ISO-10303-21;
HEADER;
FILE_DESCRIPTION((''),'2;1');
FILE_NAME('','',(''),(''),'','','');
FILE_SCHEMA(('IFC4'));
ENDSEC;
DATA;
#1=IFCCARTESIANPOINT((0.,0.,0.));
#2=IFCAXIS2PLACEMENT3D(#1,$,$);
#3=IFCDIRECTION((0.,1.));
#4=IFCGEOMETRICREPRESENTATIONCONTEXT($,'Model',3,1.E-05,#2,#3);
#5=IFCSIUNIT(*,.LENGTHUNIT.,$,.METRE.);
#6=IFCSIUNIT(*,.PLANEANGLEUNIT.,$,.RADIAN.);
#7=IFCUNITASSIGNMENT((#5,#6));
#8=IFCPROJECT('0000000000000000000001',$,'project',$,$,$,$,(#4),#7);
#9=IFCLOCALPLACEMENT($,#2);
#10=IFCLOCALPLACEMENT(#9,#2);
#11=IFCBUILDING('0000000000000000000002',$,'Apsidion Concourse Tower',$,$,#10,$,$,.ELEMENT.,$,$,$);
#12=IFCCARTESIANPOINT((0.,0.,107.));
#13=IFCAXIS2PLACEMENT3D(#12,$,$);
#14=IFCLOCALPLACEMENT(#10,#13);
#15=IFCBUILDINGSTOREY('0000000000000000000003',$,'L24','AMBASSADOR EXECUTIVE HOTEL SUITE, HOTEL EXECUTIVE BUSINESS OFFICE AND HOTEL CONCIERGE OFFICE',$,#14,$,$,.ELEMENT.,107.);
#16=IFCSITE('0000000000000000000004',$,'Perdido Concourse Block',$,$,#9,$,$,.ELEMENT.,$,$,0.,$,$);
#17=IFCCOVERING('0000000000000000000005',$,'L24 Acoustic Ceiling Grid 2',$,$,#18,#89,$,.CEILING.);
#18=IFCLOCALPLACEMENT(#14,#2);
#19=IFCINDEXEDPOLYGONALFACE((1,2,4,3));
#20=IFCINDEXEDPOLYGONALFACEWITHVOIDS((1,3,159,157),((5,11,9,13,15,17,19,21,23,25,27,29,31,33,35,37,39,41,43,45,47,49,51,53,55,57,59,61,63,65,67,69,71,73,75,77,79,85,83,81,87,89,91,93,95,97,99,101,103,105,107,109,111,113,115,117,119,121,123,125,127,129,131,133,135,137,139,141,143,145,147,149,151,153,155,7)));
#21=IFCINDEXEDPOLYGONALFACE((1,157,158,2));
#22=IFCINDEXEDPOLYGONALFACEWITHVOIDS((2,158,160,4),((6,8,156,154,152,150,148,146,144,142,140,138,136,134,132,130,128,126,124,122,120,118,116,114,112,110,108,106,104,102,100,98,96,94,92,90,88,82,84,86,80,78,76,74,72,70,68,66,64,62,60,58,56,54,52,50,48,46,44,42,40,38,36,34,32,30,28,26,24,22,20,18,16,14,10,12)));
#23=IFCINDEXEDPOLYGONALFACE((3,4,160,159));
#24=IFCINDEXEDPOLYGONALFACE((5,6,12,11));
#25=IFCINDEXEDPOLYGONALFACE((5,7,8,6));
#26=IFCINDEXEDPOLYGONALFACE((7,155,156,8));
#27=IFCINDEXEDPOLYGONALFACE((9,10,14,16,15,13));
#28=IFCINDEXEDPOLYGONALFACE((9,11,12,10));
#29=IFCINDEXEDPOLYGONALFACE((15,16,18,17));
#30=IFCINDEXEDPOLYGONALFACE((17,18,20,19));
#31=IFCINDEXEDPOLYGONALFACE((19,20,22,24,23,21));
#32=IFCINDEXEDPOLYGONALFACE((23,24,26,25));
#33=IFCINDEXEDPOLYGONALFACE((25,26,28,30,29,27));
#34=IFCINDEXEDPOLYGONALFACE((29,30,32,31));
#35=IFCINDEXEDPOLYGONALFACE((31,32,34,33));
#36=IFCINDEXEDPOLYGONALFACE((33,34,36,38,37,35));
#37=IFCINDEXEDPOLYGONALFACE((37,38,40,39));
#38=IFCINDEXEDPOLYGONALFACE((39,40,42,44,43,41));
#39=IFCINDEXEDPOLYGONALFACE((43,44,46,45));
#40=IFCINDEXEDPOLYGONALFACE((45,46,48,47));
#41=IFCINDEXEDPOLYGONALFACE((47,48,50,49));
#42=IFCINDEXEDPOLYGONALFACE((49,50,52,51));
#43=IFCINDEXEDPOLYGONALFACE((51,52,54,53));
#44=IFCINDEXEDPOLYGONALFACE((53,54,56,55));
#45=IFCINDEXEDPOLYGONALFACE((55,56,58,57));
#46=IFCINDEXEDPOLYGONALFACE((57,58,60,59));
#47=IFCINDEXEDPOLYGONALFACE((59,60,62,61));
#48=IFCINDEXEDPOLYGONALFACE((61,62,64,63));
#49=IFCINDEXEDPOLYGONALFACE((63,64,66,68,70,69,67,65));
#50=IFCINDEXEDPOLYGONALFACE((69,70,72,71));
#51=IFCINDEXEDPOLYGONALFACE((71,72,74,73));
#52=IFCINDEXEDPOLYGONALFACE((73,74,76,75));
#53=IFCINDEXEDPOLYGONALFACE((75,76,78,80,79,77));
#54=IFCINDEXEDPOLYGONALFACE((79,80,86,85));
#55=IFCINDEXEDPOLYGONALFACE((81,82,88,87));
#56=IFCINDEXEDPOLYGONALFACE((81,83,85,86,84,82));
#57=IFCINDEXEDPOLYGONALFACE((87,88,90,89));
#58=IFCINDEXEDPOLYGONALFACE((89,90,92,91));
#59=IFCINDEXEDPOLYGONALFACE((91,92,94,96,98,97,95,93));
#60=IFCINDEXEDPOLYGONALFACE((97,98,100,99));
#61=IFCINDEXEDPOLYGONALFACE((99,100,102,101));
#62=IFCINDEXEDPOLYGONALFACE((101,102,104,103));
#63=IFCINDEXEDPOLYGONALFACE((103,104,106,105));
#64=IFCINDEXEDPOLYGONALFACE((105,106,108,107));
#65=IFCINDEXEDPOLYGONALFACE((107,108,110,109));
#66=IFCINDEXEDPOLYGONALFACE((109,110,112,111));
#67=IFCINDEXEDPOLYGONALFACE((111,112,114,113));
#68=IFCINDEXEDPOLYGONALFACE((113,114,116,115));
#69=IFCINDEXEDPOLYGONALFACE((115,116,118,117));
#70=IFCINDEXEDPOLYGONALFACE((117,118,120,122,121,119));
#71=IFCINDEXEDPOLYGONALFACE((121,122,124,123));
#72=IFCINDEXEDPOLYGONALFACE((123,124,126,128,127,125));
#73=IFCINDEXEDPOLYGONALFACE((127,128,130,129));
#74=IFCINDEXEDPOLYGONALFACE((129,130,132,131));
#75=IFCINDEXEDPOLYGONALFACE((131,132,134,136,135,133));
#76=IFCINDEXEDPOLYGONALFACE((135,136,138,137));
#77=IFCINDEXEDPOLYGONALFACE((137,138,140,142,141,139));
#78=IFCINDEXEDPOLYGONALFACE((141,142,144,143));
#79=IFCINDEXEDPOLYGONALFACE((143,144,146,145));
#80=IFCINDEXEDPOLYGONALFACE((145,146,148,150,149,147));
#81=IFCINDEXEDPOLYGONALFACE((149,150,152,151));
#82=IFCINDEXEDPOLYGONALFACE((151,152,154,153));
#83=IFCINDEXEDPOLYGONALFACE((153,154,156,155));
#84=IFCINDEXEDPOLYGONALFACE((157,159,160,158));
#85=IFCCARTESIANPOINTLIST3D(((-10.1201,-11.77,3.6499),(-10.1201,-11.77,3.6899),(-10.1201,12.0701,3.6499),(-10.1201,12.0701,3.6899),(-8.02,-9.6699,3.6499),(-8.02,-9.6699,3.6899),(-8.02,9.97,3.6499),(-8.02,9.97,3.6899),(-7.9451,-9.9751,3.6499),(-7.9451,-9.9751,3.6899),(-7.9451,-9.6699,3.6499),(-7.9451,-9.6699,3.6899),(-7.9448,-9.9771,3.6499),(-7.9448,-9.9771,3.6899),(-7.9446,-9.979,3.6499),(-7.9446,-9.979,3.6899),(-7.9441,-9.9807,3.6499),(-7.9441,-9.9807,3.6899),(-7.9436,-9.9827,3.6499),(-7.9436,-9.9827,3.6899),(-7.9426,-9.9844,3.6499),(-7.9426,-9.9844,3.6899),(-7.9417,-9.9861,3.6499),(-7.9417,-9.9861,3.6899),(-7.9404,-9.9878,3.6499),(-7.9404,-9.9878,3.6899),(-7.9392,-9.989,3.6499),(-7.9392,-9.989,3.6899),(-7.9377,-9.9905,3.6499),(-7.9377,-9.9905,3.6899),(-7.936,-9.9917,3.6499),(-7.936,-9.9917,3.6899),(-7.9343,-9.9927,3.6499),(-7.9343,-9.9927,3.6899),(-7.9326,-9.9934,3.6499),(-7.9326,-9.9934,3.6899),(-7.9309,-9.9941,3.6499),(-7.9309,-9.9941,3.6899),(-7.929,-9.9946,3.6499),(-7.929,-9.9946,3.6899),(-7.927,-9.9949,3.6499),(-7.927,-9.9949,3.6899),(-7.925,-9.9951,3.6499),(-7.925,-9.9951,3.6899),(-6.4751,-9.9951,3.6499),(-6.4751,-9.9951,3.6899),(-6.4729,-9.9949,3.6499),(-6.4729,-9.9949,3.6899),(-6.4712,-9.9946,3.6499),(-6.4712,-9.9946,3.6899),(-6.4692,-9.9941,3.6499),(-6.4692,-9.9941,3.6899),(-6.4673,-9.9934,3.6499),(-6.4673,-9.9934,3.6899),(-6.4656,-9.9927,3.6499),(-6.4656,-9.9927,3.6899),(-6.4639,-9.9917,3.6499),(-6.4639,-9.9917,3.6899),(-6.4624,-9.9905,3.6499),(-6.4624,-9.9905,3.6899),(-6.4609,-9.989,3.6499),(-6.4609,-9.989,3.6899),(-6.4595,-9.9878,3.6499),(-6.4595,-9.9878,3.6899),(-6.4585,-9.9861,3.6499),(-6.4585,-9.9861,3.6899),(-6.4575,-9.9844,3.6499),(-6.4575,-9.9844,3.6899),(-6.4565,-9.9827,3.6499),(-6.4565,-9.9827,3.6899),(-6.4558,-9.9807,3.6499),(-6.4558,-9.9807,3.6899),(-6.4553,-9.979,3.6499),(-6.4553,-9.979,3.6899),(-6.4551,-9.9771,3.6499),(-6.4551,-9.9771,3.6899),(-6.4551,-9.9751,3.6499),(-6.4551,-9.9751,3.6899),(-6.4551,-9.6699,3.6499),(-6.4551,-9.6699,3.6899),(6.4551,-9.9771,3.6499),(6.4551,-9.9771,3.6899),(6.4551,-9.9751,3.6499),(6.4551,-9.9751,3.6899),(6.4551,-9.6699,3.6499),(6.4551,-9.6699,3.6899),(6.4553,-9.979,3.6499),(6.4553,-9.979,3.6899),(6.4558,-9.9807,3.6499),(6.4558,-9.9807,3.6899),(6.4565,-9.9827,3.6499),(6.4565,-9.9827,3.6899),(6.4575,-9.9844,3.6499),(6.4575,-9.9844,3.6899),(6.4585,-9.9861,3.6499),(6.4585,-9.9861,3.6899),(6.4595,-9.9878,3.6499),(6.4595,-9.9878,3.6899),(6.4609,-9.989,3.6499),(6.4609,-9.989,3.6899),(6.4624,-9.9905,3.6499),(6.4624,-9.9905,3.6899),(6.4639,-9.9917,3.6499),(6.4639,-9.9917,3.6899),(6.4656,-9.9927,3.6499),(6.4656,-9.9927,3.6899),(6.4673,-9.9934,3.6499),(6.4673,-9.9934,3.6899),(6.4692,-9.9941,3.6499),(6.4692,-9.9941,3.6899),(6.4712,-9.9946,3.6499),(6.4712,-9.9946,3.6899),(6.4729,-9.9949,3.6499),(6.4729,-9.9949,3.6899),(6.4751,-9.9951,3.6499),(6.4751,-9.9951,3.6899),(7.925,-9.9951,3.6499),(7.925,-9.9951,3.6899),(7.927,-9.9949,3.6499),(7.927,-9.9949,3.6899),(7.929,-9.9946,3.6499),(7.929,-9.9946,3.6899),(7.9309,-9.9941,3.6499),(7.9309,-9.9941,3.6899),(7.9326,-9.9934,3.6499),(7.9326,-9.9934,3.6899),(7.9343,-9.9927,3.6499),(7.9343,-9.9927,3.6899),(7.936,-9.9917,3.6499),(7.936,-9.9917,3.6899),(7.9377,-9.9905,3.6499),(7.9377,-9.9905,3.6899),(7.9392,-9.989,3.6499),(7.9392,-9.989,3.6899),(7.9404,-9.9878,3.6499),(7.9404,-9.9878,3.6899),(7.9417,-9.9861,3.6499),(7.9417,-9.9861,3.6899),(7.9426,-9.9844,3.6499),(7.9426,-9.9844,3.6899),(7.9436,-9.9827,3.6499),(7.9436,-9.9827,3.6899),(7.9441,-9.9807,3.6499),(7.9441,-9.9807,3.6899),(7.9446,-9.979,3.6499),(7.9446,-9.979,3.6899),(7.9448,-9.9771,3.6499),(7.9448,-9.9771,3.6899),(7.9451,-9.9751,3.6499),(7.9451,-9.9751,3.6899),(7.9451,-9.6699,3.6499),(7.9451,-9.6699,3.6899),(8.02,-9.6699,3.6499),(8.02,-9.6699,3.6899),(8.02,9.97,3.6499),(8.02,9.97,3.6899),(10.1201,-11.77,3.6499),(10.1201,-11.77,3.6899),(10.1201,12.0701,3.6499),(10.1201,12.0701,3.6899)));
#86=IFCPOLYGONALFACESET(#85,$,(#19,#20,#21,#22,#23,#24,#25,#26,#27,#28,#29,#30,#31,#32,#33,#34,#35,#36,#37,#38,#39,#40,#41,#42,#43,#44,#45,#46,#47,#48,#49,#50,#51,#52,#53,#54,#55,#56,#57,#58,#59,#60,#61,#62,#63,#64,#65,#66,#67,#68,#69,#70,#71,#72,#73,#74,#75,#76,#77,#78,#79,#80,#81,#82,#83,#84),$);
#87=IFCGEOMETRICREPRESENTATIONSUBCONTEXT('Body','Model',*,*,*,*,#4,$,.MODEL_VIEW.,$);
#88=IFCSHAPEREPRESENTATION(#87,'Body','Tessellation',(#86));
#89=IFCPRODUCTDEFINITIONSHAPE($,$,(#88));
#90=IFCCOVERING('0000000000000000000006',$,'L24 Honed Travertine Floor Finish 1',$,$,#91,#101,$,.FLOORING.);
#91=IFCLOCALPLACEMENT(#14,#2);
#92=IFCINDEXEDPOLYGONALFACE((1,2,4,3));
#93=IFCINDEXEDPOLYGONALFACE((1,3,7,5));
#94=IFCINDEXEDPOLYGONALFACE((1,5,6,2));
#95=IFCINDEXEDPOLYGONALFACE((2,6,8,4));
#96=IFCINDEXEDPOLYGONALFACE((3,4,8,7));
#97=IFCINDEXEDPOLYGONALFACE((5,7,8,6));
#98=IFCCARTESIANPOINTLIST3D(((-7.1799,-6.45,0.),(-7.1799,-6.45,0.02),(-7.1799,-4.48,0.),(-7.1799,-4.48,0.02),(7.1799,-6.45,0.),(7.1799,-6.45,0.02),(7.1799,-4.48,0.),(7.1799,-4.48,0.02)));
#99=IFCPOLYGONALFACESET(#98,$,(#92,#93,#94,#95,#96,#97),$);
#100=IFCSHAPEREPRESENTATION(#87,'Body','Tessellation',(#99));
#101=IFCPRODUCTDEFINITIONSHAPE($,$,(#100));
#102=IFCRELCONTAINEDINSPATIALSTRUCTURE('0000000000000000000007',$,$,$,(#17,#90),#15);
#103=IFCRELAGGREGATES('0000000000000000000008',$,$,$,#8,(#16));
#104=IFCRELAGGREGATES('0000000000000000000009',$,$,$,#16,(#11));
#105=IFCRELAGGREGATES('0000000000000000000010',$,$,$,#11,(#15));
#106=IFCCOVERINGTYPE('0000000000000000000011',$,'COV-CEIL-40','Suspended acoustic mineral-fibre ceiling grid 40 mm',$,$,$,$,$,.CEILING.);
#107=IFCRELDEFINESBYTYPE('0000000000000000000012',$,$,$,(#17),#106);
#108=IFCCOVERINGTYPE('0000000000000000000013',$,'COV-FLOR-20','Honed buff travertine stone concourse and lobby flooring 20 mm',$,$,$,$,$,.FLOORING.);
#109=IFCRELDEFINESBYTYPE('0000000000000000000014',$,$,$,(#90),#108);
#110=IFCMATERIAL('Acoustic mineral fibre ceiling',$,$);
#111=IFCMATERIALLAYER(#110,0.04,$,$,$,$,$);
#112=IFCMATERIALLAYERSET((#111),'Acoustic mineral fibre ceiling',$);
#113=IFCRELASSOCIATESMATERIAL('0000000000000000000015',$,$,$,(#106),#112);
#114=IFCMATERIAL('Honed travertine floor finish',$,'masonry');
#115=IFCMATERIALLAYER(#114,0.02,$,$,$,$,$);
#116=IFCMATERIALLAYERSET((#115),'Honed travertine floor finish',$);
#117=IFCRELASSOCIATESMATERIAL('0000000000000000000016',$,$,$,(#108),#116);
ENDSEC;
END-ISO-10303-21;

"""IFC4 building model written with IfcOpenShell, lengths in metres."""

from ifc_helpers import new_model, si_unit, direction, frame, origin, place, context, subcontext, project, spatial, polyline, outline, extrude, material, layer, layer_set, type_object, element, save


model = new_model("IFC4")

# Units and contexts
model_context = context("Model", 3, precision=1e-05, world=origin(), true_north=direction((0.0, 1.0)))
body_context = subcontext(model_context, "Body", "Model", "MODEL_VIEW")
ifc_project = project(units=[si_unit("LENGTHUNIT", "METRE"), si_unit("PLANEANGLEUNIT", "RADIAN")], contexts=[model_context])

# Site, building, storey
site_placement = place(None, origin())
site = spatial("IfcSite", under=ifc_project, at=site_placement, Name="Perdido Concourse Block", CompositionType="ELEMENT", RefElevation=0.0)
building_placement = place(site_placement, origin())
building = spatial("IfcBuilding", under=site, at=building_placement, Name="Apsidion Concourse Tower", CompositionType="ELEMENT")
storey_placement = place(building_placement, frame((0.0, 0.0, 107.0)))
storey = spatial("IfcBuildingStorey", under=building, at=storey_placement, Name="L24", Description="AMBASSADOR EXECUTIVE HOTEL SUITE, HOTEL EXECUTIVE BUSINESS OFFICE AND HOTEL CONCIERGE OFFICE", CompositionType="ELEMENT", Elevation=107.0)

# Coverings
ifc_material_1 = material(Name="Acoustic mineral fibre ceiling")
ifc_layer_1 = layer(ifc_material_1, 0.04)
ifc_layer_set_1 = layer_set([ifc_layer_1], Name="Acoustic mineral fibre ceiling")
covering_type_1 = type_object("IfcCoveringType", Name="COV-CEIL-40", Description="Suspended acoustic mineral-fibre ceiling grid 40 mm", PredefinedType="CEILING", material=ifc_layer_set_1)
covering_1_placement = place(storey_placement, frame((0.0, 0.0, 3.6499)))
element("IfcCovering", 1, at=covering_1_placement, inside=storey, type_object=covering_type_1, Name="L24 Acoustic Ceiling Grid 2", PredefinedType="CEILING", context=body_context, shape_type="SweptSolid", body=[
    extrude(outline(polyline([(10.1201, 12.0701), (10.1201, -11.77), (-10.1201, -11.77), (-10.1201, 12.0701), (10.1201, 12.0701)]), holes=[polyline([(-8.02, -9.6699), (-7.9451, -9.6699), (-7.9451, -9.9751), (-7.9448, -9.9771), (-7.9446, -9.979), (-7.9441, -9.9807), (-7.9436, -9.9827), (-7.9426, -9.9844), (-7.9417, -9.9861), (-7.9404, -9.9878), (-7.9392, -9.989), (-7.9377, -9.9905), (-7.936, -9.9917), (-7.9343, -9.9927), (-7.9326, -9.9934), (-7.9309, -9.9941), (-7.929, -9.9946), (-7.927, -9.9949), (-7.925, -9.9951), (-6.4751, -9.9951), (-6.4729, -9.9949), (-6.4712, -9.9946), (-6.4692, -9.9941), (-6.4673, -9.9934), (-6.4656, -9.9927), (-6.4639, -9.9917), (-6.4624, -9.9905), (-6.4609, -9.989), (-6.4595, -9.9878), (-6.4585, -9.9861), (-6.4575, -9.9844), (-6.4565, -9.9827), (-6.4558, -9.9807), (-6.4553, -9.979), (-6.4551, -9.9771), (-6.4551, -9.9751), (-6.4551, -9.6699), (6.4551, -9.6699), (6.4551, -9.9751), (6.4551, -9.9771), (6.4553, -9.979), (6.4558, -9.9807), (6.4565, -9.9827), (6.4575, -9.9844), (6.4585, -9.9861), (6.4595, -9.9878), (6.4609, -9.989), (6.4624, -9.9905), (6.4639, -9.9917), (6.4656, -9.9927), (6.4673, -9.9934), (6.4692, -9.9941), (6.4712, -9.9946), (6.4729, -9.9949), (6.4751, -9.9951), (7.925, -9.9951), (7.927, -9.9949), (7.929, -9.9946), (7.9309, -9.9941), (7.9326, -9.9934), (7.9343, -9.9927), (7.936, -9.9917), (7.9377, -9.9905), (7.9392, -9.989), (7.9404, -9.9878), (7.9417, -9.9861), (7.9426, -9.9844), (7.9436, -9.9827), (7.9441, -9.9807), (7.9446, -9.979), (7.9448, -9.9771), (7.9451, -9.9751), (7.9451, -9.6699), (8.02, -9.6699), (8.02, 9.97), (-8.02, 9.97), (-8.02, -9.6699)])]), origin(), (0.0, 0.0, 1.0), 0.04),
])
ifc_material_2 = material(Name="Honed travertine floor finish", Category="masonry")
ifc_layer_2 = layer(ifc_material_2, 0.02)
ifc_layer_set_2 = layer_set([ifc_layer_2], Name="Honed travertine floor finish")
covering_type_2 = type_object("IfcCoveringType", Name="COV-FLOR-20", Description="Honed buff travertine stone concourse and lobby flooring 20 mm", PredefinedType="FLOORING", material=ifc_layer_set_2)
covering_2_placement = place(storey_placement, origin())
element("IfcCovering", 2, at=covering_2_placement, inside=storey, type_object=covering_type_2, Name="L24 Honed Travertine Floor Finish 1", PredefinedType="FLOORING", context=body_context, shape_type="SweptSolid", body=[
    extrude(outline(polyline([(-7.1799, -6.45), (-7.1799, -4.48), (7.1799, -4.48), (7.1799, -6.45), (-7.1799, -6.45)])), origin(), (0.0, 0.0, 1.0), 0.02),
])

save(model, "model.ifc")
